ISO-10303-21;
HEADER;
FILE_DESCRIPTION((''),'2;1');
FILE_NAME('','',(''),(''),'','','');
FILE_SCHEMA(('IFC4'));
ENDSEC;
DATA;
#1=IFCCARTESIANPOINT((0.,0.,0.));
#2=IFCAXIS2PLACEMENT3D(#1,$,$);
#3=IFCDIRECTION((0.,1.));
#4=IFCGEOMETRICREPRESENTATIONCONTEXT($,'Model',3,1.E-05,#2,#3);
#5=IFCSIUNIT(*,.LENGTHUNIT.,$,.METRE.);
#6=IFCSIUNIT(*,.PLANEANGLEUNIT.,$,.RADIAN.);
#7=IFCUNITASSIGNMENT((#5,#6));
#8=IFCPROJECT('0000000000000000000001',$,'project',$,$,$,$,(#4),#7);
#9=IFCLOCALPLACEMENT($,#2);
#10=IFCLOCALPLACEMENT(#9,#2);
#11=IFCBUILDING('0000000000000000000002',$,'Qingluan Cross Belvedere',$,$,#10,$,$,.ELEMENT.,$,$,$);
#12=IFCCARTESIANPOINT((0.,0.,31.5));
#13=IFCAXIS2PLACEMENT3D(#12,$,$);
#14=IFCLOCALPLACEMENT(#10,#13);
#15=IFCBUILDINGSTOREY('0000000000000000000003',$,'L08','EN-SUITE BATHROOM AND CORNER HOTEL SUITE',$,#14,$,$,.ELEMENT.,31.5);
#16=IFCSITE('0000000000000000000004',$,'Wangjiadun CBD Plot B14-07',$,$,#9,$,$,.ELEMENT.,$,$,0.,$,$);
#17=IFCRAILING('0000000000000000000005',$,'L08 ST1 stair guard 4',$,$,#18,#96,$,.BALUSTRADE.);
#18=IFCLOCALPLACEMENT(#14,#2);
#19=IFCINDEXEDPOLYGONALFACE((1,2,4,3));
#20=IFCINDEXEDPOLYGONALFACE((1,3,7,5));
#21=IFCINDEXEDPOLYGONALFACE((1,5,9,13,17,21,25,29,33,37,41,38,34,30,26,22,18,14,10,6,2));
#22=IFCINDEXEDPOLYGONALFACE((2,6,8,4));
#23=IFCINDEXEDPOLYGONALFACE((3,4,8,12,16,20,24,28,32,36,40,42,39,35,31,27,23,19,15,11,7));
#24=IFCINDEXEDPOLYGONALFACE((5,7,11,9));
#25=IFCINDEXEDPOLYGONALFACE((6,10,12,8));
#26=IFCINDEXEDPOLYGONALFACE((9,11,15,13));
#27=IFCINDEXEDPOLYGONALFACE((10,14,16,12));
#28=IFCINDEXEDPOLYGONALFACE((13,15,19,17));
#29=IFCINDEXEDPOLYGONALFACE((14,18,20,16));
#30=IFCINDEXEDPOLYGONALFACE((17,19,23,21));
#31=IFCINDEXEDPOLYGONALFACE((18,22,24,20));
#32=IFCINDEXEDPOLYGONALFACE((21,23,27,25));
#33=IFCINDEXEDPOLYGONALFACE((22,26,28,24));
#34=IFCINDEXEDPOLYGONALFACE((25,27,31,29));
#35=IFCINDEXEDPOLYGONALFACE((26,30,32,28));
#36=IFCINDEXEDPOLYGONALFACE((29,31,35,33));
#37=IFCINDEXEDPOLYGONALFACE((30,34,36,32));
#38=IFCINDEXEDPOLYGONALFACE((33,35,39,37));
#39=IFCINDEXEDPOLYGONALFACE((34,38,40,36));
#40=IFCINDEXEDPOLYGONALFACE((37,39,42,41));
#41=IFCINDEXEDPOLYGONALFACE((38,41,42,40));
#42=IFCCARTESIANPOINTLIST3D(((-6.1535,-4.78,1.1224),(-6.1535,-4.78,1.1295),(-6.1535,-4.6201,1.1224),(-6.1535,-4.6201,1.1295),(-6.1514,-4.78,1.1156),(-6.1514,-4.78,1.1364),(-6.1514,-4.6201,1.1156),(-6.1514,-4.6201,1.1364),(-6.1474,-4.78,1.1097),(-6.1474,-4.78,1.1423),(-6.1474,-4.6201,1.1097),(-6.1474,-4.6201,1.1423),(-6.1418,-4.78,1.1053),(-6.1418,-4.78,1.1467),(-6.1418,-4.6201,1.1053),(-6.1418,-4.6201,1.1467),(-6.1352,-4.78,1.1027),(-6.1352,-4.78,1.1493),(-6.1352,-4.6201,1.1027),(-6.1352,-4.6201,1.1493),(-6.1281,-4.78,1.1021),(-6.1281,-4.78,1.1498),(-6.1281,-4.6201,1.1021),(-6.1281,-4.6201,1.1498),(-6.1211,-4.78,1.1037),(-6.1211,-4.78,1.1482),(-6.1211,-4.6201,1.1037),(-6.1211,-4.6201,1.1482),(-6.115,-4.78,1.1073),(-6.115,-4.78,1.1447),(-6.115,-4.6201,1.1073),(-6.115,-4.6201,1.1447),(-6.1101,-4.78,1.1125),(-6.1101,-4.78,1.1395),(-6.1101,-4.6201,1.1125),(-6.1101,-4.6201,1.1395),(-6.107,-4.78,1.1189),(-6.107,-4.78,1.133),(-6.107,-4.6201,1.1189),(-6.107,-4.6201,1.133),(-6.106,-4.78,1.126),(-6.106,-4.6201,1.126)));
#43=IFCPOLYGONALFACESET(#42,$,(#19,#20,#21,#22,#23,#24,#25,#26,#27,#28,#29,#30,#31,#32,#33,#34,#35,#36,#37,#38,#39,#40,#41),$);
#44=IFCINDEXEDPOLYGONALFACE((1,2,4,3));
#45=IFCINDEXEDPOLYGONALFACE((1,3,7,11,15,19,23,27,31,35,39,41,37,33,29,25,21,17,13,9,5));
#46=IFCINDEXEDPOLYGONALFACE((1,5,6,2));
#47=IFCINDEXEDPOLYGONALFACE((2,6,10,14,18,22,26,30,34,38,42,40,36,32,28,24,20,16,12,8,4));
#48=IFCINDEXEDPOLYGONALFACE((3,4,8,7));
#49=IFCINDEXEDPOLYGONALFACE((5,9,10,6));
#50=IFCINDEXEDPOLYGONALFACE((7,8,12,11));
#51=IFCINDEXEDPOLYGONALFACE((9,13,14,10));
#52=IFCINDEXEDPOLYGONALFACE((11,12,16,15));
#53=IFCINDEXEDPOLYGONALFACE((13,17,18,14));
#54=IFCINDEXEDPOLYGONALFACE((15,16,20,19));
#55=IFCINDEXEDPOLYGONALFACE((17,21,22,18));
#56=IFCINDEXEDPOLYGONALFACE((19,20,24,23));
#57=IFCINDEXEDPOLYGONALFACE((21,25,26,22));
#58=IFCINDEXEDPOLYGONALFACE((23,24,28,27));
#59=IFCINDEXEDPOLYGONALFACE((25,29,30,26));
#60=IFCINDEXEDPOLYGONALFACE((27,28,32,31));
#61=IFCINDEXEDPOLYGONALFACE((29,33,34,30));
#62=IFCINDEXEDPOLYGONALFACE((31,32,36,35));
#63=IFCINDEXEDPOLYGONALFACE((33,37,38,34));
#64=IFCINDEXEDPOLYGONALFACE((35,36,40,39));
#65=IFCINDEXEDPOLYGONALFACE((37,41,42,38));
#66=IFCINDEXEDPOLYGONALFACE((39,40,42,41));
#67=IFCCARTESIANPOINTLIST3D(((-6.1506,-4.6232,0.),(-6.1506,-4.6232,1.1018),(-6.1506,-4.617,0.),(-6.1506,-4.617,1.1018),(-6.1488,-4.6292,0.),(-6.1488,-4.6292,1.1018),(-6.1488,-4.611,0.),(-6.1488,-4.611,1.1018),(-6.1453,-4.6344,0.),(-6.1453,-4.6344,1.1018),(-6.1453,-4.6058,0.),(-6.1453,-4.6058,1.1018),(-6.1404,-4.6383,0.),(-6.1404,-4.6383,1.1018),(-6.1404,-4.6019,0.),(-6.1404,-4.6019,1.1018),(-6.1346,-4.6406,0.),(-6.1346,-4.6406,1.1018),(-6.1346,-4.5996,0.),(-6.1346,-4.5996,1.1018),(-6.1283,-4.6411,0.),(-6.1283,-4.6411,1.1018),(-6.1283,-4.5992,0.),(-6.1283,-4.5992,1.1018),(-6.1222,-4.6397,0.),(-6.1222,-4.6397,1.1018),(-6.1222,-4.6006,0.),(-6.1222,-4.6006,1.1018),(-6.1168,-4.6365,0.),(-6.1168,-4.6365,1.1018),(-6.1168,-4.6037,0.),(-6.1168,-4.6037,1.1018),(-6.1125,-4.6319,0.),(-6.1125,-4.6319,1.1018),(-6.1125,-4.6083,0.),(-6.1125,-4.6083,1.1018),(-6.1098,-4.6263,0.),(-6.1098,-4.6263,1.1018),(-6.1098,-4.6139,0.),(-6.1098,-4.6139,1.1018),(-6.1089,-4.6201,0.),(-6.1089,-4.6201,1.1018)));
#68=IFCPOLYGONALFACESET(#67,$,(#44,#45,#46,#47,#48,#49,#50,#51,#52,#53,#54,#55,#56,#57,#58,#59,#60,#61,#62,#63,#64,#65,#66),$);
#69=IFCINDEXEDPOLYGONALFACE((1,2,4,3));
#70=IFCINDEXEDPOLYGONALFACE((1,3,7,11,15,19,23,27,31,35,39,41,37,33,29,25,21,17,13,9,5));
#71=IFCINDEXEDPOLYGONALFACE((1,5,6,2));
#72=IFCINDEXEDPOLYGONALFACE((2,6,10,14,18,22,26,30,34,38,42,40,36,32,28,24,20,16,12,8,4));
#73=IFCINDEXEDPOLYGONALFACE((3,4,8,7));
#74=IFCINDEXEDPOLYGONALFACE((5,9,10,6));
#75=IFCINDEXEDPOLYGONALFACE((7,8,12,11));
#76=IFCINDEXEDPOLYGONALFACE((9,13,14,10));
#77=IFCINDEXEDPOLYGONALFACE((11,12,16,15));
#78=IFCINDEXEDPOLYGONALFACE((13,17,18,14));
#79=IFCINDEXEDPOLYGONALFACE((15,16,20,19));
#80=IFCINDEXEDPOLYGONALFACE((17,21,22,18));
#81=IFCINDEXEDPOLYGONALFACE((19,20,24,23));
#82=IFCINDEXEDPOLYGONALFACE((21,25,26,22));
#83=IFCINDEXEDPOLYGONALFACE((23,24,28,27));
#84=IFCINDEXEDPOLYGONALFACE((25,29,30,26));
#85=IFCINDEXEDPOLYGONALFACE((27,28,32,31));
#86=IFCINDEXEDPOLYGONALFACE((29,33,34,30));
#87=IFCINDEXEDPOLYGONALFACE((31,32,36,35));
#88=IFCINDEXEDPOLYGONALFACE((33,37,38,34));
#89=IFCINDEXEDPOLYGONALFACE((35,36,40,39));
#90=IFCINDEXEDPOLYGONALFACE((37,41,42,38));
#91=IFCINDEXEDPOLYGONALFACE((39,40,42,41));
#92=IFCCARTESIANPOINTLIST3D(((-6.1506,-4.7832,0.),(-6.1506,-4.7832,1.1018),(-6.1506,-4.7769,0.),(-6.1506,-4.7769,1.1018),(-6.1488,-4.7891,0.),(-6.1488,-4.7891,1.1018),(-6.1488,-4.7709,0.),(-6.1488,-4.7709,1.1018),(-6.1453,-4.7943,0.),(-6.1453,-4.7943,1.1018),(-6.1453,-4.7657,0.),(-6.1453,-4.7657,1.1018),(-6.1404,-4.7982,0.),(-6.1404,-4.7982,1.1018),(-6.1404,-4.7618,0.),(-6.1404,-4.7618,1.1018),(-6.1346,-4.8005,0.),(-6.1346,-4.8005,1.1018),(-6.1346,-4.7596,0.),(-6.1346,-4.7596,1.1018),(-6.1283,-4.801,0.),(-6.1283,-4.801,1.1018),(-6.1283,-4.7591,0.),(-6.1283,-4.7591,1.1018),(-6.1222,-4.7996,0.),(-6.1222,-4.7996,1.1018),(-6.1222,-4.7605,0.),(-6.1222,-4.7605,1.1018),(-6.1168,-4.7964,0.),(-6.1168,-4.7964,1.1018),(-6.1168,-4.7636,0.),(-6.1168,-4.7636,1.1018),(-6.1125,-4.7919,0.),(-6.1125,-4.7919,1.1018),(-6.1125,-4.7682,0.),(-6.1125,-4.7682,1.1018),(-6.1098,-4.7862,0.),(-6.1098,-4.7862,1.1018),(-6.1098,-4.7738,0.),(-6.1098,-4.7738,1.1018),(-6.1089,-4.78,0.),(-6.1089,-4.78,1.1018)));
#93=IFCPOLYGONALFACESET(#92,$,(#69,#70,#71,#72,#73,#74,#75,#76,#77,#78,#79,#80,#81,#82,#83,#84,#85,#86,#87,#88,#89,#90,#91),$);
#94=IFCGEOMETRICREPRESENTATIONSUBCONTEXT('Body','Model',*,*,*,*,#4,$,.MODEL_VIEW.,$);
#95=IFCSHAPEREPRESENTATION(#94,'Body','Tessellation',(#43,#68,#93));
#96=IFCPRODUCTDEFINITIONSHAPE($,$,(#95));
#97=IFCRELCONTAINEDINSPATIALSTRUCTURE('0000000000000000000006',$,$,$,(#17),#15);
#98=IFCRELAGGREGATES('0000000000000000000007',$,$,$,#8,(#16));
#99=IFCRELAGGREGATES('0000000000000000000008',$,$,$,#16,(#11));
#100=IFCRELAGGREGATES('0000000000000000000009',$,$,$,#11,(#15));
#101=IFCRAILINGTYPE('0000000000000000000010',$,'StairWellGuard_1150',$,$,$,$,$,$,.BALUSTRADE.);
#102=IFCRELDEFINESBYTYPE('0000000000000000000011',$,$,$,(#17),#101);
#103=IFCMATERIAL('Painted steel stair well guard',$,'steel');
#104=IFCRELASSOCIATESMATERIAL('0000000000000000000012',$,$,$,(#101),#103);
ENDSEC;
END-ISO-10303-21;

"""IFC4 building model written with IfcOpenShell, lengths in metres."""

from ifc_helpers import new_model, si_unit, direction, frame, origin, origin_2d, place, context, subcontext, project, spatial, circle, extrude, material, type_object, element, save


model = new_model("IFC4")

# Units and contexts
model_context = context("Model", 3, precision=1e-05, world=origin(), true_north=direction((0.0, 1.0)))
body_context = subcontext(model_context, "Body", "Model", "MODEL_VIEW")
ifc_project = project(units=[si_unit("LENGTHUNIT", "METRE"), si_unit("PLANEANGLEUNIT", "RADIAN")], contexts=[model_context])

# Site, building, storey
site_placement = place(None, origin())
site = spatial("IfcSite", under=ifc_project, at=site_placement, Name="Wangjiadun CBD Plot B14-07", CompositionType="ELEMENT", RefElevation=0.0)
building_placement = place(site_placement, origin())
building = spatial("IfcBuilding", under=site, at=building_placement, Name="Qingluan Cross Belvedere", CompositionType="ELEMENT")
storey_placement = place(building_placement, frame((0.0, 0.0, 31.5)))
storey = spatial("IfcBuildingStorey", under=building, at=storey_placement, Name="L08", Description="EN-SUITE BATHROOM AND CORNER HOTEL SUITE", CompositionType="ELEMENT", Elevation=31.5)

# Railing
ifc_material_1 = material(Name="Painted steel stair well guard", Category="steel")
railing_type_1 = type_object("IfcRailingType", Name="StairWellGuard_1150", PredefinedType="BALUSTRADE", material=ifc_material_1)
railing_1_placement = place(storey_placement, frame((-6.1299, -4.6201, 0.0)))
element("IfcRailing", 1, at=railing_1_placement, inside=storey, type_object=railing_type_1, Name="L08 ST1 stair guard 4", PredefinedType="BALUSTRADE", context=body_context, shape_type="SweptSolid", body=[
    extrude(circle(Radius=0.0239, at=origin_2d()), frame((0.0, 0.0, 1.126), z_axis=(0.0, -1.0, 0.0), x_axis=(1.0, 0.0, 0.0)), (0.0, 0.0, 1.0), 0.1599),
    extrude(circle(Radius=0.021, at=origin_2d()), origin(), (0.0, 0.0, 1.0), 1.1018),
    extrude(circle(Radius=0.021, at=origin_2d()), frame((0.0, -0.1599, 0.0)), (0.0, 0.0, 1.0), 1.1018),
])

save(model, "model.ifc")
